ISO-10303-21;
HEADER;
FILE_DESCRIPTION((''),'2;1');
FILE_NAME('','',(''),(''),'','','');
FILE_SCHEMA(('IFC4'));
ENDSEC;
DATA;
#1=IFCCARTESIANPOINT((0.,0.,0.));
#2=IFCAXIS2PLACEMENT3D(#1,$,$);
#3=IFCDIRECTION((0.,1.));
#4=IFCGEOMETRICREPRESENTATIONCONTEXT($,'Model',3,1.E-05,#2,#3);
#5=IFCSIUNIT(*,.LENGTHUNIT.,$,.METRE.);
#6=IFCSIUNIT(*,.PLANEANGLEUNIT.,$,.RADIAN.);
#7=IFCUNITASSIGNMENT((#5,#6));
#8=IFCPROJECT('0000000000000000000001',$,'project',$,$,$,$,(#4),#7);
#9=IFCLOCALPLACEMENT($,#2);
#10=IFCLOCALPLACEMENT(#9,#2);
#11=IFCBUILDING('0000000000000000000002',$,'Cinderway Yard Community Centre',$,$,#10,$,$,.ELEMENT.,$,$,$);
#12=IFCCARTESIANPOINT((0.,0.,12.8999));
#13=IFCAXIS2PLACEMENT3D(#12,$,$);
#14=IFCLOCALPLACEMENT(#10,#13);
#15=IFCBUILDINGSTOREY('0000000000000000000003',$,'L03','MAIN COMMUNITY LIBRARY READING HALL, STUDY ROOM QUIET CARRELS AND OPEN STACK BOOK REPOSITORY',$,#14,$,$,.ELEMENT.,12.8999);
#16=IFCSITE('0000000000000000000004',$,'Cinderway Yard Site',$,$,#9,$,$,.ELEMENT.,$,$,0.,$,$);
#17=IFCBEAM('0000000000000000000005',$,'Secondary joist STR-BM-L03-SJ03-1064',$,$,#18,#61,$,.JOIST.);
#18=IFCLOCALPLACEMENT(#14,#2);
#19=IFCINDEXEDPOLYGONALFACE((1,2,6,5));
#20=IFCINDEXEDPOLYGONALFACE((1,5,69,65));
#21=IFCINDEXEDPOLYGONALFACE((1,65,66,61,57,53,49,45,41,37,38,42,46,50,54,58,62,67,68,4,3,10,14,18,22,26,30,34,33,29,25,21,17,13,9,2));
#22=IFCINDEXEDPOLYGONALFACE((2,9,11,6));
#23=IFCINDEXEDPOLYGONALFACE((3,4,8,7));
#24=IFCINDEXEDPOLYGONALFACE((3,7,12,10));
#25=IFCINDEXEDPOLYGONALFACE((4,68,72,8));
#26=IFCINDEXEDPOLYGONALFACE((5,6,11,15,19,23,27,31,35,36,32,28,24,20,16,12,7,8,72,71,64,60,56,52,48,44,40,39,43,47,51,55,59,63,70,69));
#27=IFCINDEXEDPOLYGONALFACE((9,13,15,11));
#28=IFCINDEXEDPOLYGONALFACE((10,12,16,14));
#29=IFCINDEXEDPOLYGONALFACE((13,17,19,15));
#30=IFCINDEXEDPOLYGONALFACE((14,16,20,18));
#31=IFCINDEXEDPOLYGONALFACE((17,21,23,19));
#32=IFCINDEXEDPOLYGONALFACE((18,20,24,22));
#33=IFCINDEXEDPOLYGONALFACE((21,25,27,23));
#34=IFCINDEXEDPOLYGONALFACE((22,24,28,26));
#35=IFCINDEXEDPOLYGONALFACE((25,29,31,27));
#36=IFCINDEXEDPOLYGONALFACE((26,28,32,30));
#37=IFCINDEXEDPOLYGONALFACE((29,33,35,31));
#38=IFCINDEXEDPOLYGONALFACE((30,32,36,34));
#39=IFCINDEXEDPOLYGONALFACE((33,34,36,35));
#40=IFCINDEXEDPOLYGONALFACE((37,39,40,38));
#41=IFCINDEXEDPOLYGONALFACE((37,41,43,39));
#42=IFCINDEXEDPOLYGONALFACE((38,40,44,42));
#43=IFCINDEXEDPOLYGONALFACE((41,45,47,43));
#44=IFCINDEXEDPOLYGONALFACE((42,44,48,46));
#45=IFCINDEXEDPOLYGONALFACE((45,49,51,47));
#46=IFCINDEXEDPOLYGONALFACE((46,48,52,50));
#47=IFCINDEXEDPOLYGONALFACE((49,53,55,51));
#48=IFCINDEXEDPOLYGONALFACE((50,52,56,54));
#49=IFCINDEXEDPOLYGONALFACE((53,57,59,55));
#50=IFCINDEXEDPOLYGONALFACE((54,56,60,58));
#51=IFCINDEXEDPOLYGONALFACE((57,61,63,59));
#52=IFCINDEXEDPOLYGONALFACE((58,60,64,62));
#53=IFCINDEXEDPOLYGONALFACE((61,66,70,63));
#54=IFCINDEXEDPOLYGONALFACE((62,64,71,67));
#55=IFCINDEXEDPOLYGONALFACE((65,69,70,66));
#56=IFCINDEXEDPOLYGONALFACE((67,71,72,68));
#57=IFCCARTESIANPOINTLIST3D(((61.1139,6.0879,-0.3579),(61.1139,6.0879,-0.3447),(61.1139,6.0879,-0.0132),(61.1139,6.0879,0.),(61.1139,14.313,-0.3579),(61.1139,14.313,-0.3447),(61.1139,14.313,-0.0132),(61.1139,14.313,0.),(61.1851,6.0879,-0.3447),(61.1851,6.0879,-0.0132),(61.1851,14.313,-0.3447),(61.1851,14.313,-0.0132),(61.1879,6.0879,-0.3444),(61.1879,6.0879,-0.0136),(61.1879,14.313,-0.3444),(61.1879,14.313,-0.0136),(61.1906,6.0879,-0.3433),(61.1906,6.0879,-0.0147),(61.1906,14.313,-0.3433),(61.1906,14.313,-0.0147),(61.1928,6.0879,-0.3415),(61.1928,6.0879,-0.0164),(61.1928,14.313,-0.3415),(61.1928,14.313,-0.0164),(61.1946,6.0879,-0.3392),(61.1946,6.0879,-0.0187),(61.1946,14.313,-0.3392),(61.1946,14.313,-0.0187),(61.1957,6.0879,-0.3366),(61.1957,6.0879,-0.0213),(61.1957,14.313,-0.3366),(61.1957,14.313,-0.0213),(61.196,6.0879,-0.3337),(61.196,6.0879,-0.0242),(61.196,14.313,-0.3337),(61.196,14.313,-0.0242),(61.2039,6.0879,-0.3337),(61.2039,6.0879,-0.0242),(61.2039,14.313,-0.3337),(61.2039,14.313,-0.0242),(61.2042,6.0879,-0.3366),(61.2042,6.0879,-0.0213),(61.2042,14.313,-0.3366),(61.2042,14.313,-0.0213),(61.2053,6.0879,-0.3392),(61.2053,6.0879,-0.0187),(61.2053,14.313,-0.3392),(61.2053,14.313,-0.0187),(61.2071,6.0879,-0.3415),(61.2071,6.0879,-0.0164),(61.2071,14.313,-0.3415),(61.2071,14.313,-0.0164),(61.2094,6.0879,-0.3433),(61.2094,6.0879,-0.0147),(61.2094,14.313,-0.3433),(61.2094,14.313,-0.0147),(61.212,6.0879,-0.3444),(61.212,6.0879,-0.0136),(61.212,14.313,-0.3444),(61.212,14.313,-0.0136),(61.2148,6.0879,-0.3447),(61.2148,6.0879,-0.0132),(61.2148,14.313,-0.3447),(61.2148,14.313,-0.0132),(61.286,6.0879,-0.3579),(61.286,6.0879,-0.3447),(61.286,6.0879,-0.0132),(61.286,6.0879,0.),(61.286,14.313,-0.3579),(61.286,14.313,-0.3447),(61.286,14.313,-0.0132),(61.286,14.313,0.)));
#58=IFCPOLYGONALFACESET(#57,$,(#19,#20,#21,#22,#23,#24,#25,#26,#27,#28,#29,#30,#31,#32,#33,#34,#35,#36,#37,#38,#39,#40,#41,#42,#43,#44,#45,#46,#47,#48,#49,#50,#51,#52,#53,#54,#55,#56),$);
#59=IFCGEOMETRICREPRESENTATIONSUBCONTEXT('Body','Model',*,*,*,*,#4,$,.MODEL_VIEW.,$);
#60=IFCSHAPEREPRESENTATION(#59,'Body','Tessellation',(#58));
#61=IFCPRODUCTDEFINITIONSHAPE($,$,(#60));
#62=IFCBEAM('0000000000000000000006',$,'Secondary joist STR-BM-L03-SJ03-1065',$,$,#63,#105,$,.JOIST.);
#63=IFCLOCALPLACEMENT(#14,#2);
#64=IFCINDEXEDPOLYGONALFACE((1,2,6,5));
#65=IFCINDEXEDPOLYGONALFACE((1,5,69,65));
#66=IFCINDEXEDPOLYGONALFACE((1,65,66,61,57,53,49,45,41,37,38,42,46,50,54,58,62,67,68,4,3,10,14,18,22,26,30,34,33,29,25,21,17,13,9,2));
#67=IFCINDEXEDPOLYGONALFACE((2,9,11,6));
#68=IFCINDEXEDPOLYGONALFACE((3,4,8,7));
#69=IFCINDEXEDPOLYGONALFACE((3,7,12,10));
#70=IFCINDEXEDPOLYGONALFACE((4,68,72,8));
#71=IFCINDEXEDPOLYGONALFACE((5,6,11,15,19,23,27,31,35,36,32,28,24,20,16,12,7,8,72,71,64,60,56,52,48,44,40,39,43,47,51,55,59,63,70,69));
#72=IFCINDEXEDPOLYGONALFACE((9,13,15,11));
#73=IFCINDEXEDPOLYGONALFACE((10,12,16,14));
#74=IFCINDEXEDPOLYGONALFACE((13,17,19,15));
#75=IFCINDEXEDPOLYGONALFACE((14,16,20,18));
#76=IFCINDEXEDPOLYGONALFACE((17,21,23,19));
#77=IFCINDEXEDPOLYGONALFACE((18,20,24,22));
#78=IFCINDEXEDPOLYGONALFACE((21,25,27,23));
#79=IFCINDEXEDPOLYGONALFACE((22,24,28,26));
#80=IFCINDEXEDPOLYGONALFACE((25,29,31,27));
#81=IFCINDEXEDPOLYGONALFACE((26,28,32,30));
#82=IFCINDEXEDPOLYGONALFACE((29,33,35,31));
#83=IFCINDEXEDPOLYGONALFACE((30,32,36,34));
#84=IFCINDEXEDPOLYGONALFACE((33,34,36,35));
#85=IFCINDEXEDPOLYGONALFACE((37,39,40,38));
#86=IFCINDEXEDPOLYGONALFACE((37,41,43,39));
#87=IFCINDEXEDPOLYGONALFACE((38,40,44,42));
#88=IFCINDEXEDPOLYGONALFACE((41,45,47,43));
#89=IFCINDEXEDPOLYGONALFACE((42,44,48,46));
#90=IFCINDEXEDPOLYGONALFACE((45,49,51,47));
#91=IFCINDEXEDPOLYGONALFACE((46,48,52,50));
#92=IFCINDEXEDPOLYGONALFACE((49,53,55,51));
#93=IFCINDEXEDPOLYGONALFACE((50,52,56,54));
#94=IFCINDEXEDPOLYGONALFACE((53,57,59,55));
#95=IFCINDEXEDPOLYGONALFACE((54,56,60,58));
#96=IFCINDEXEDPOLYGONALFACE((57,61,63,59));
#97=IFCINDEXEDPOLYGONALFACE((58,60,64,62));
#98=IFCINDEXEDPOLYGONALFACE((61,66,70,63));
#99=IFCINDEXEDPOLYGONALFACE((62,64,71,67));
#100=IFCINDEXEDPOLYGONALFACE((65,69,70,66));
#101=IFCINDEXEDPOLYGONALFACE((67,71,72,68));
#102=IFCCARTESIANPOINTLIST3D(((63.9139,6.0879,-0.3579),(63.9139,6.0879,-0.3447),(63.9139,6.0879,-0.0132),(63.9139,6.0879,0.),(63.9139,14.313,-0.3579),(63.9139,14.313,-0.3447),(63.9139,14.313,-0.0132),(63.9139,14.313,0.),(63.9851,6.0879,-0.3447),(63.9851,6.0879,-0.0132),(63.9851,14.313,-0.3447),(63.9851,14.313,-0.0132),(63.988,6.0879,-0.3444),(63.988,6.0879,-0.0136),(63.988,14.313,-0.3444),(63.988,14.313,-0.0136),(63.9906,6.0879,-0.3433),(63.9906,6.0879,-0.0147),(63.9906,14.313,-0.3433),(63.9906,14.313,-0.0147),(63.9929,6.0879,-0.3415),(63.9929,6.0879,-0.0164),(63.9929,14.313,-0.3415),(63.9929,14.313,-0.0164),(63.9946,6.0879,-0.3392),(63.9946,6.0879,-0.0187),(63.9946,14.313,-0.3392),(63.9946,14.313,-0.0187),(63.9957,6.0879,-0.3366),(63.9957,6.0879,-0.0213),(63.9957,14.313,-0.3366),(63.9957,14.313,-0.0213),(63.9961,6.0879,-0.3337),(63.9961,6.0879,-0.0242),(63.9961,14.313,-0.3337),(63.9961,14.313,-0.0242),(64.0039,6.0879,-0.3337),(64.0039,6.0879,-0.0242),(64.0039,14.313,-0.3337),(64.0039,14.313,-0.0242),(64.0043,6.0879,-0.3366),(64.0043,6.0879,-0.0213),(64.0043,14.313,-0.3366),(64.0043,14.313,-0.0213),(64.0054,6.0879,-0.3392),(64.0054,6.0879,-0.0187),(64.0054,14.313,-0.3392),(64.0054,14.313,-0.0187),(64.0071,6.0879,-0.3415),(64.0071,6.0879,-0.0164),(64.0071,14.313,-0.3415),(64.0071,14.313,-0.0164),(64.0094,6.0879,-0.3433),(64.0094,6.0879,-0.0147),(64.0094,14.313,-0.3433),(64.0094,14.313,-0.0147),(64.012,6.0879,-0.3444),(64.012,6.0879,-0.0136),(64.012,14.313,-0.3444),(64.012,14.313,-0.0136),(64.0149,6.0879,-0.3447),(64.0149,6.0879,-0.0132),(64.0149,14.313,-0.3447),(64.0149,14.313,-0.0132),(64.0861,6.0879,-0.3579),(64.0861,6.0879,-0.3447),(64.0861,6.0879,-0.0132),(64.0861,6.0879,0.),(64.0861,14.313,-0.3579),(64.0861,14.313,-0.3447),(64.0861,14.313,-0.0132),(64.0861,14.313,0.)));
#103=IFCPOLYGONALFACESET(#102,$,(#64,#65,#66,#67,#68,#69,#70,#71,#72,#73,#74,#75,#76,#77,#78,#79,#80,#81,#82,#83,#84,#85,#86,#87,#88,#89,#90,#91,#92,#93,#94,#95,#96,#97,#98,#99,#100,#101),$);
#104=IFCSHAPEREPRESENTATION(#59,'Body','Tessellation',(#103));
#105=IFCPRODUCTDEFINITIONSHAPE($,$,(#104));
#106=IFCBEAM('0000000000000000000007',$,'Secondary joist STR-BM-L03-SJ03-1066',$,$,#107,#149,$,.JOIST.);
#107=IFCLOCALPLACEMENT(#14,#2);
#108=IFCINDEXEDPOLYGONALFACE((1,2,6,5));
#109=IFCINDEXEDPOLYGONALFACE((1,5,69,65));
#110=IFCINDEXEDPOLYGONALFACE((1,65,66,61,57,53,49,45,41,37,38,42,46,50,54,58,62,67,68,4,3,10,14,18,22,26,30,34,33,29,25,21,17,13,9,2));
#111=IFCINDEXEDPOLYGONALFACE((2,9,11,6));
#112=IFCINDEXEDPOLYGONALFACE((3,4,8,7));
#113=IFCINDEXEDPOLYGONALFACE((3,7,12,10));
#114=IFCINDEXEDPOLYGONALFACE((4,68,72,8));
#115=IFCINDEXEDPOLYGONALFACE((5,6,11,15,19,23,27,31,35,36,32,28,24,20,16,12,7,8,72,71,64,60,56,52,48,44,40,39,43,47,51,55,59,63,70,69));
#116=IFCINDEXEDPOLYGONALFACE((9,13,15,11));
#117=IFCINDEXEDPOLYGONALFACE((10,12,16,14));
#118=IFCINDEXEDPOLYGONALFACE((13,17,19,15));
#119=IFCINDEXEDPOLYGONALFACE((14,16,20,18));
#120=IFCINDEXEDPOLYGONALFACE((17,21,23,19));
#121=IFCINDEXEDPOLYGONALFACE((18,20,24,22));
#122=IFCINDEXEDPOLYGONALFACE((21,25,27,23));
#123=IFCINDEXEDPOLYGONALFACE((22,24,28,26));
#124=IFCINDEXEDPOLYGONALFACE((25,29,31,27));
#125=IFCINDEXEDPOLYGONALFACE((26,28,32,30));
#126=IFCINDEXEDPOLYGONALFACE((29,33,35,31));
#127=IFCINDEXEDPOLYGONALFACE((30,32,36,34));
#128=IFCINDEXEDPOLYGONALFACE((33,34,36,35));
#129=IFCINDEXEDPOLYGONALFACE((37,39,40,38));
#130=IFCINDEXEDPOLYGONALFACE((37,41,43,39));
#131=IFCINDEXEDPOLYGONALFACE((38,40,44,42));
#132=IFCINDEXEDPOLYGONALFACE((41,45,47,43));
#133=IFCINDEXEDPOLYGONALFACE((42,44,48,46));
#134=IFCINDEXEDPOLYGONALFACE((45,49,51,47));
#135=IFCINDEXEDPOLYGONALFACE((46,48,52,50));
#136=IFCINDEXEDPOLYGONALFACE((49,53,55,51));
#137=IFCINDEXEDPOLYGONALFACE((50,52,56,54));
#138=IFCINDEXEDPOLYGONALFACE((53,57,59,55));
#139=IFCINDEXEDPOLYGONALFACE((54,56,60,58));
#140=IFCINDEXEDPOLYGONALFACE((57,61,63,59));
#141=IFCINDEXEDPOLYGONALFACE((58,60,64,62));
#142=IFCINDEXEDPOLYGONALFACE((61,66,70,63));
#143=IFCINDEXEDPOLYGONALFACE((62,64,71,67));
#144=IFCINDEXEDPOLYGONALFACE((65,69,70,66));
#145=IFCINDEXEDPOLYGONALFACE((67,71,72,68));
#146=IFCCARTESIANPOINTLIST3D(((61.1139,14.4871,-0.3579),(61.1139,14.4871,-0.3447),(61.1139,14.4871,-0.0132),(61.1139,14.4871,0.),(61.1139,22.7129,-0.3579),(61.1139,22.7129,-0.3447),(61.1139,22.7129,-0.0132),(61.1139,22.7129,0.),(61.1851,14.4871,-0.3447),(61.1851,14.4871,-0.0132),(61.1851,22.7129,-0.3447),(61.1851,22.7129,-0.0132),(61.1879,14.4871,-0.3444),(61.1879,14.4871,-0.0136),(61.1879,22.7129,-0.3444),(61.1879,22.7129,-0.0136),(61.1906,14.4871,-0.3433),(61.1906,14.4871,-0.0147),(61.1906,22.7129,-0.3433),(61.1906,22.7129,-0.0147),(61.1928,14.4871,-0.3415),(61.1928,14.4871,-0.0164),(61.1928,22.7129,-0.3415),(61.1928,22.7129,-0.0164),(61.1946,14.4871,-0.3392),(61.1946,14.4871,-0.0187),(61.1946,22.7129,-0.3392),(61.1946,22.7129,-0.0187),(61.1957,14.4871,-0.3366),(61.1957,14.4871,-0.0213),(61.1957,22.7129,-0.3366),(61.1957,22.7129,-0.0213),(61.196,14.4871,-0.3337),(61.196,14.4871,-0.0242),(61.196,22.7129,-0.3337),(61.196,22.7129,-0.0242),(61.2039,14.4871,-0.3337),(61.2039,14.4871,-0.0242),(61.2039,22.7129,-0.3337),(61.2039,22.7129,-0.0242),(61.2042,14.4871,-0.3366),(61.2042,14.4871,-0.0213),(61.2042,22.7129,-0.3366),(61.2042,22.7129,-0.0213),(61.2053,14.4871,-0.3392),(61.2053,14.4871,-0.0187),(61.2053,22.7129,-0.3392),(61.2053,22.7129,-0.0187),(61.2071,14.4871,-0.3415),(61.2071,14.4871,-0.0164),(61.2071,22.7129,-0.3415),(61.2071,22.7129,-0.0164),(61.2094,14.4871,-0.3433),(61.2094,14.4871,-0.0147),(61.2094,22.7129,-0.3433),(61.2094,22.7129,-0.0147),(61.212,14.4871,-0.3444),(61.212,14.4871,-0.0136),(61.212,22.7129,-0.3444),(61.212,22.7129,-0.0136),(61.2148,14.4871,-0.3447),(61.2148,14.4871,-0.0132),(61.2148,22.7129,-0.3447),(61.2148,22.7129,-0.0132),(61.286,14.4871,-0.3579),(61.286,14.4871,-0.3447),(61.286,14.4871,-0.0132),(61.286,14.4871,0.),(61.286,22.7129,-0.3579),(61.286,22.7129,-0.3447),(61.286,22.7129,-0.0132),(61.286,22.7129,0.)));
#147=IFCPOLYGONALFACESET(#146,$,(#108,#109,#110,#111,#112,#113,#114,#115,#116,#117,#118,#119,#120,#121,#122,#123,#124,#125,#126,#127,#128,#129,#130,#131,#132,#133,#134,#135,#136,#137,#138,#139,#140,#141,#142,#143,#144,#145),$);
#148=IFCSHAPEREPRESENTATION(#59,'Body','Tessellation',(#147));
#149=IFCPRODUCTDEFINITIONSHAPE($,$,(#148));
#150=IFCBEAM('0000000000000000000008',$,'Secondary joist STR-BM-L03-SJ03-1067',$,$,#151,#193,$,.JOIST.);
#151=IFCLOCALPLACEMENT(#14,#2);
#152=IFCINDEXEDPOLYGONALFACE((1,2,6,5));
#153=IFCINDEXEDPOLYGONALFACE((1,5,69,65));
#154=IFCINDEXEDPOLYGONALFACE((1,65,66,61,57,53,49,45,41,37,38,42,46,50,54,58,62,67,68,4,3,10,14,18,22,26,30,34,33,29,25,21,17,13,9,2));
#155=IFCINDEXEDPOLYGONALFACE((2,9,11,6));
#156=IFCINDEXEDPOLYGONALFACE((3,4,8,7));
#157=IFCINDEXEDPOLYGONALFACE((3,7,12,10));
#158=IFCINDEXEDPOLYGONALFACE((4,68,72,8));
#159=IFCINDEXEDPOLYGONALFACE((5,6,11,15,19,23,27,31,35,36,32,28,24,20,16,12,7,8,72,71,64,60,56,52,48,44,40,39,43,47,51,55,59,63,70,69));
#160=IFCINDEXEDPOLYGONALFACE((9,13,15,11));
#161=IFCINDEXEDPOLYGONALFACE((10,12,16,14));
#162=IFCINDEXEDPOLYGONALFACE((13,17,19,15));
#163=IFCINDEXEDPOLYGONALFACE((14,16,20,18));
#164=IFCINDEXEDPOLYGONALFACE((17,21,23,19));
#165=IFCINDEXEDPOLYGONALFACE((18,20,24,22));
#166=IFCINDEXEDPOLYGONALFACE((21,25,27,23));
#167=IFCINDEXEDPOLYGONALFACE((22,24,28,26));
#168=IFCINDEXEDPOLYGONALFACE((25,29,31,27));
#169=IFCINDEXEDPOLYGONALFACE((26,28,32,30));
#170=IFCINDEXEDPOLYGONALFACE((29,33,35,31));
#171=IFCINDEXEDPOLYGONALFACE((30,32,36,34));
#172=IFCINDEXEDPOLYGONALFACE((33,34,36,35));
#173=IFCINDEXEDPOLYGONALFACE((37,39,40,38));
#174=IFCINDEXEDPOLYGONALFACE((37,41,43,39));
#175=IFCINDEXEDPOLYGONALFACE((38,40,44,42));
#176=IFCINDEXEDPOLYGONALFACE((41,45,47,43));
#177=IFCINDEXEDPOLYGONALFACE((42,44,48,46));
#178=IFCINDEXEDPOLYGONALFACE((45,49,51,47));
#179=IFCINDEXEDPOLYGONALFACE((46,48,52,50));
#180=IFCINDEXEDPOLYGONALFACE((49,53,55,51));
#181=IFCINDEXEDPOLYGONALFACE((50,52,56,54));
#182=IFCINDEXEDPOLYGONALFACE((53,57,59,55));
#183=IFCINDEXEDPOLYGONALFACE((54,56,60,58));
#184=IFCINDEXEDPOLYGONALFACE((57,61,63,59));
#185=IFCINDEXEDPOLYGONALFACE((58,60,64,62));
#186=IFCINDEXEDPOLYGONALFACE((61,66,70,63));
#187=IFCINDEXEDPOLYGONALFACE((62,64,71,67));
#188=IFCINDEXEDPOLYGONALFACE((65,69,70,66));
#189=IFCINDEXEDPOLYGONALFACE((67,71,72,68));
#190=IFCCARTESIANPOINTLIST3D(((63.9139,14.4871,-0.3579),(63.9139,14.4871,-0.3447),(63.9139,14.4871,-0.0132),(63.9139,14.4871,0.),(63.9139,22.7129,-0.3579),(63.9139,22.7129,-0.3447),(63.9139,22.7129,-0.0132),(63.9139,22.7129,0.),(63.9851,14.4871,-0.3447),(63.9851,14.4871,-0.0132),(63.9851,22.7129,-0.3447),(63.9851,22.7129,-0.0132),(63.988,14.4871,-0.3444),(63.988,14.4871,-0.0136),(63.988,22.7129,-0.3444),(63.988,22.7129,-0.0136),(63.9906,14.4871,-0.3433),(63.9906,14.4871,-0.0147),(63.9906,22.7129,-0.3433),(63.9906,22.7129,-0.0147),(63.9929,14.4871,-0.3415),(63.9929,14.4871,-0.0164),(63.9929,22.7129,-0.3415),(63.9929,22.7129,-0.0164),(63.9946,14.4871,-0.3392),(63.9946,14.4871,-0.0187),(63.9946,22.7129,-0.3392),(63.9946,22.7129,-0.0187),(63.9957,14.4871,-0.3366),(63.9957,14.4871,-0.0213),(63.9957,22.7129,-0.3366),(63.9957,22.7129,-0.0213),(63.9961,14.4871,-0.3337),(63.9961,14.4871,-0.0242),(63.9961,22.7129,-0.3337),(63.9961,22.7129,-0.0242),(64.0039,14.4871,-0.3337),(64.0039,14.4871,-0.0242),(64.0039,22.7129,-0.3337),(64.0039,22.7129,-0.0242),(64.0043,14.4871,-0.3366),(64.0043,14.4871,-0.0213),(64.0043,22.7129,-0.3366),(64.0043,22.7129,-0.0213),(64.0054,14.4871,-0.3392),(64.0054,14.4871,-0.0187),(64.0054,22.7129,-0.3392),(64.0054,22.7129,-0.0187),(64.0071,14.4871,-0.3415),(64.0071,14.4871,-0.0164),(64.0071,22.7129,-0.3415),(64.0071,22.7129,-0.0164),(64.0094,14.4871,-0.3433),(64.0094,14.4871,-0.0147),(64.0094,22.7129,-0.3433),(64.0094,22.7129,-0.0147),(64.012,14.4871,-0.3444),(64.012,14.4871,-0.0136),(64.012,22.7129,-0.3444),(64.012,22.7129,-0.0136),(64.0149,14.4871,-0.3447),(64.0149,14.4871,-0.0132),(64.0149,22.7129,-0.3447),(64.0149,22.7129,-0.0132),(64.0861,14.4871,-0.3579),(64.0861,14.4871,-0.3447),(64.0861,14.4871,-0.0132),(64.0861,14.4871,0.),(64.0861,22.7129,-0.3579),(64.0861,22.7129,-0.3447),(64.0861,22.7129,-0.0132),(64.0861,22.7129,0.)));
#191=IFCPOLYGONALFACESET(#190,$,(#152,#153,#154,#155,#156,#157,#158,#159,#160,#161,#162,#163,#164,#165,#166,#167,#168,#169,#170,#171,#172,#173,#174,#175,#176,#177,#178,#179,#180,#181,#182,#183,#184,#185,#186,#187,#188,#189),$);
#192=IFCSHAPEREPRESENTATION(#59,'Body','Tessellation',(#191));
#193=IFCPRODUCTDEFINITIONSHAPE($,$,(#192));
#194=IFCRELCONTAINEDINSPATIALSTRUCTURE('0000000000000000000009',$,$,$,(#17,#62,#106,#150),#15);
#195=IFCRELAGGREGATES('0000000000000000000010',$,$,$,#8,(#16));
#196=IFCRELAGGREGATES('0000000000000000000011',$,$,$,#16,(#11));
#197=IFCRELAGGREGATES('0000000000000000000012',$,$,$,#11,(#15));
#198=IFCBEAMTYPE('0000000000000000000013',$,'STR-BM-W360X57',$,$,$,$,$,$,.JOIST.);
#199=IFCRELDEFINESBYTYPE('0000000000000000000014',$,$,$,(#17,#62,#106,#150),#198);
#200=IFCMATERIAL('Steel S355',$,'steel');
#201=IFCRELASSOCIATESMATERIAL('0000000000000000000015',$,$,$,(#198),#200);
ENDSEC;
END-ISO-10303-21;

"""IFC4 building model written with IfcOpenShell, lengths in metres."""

from ifc_helpers import new_model, si_unit, direction, frame, origin, origin_2d, place, context, subcontext, project, spatial, i_section, extrude, material, material_profile, profile_set, type_object, element, save


model = new_model("IFC4")

# Units and contexts
model_context = context("Model", 3, precision=1e-05, world=origin(), true_north=direction((0.0, 1.0)))
body_context = subcontext(model_context, "Body", "Model", "MODEL_VIEW")
ifc_project = project(units=[si_unit("LENGTHUNIT", "METRE"), si_unit("PLANEANGLEUNIT", "RADIAN")], contexts=[model_context])

# Site, building, storey
site_placement = place(None, origin())
site = spatial("IfcSite", under=ifc_project, at=site_placement, Name="Cinderway Yard Site", CompositionType="ELEMENT", RefElevation=0.0)
building_placement = place(site_placement, origin())
building = spatial("IfcBuilding", under=site, at=building_placement, Name="Cinderway Yard Community Centre", CompositionType="ELEMENT")
storey_placement = place(building_placement, frame((0.0, 0.0, 12.8999)))
storey = spatial("IfcBuildingStorey", under=building, at=storey_placement, Name="L03", Description="MAIN COMMUNITY LIBRARY READING HALL, STUDY ROOM QUIET CARRELS AND OPEN STACK BOOK REPOSITORY", CompositionType="ELEMENT", Elevation=12.8999)

# Beams
ifc_material_1 = material(Name="Steel S355", Category="steel")
ifc_material_profile_1 = material_profile(ifc_material_1, i_section(OverallWidth=0.1721, OverallDepth=0.3579, WebThickness=0.0078, FlangeThickness=0.0132, FilletRadius=0.011, at=origin_2d()), Name="Steel S355")
ifc_profile_set_1 = profile_set([ifc_material_profile_1], Name="Steel S355")
beam_type_1 = type_object("IfcBeamType", Name="STR-BM-W360X57", PredefinedType="JOIST", material=ifc_profile_set_1)
for number, where, z_axis, x_axis, name in (
    (1, (61.2, 6.0879, -0.179), (0.0, 1.0, 0.0), (-1.0, 0.0, 0.0), "Secondary joist STR-BM-L03-SJ03-1064"),
    (2, (64.0, 6.0879, -0.179), (0.0, 1.0, 0.0), (-1.0, 0.0, 0.0), "Secondary joist STR-BM-L03-SJ03-1065"),
):
    element("IfcBeam", number, at=place(storey_placement, frame(where, z_axis=z_axis, x_axis=x_axis)), inside=storey, type_object=beam_type_1, Name=name, PredefinedType="JOIST", context=body_context, shape_type="SweptSolid", body=[
        extrude(i_section(OverallWidth=0.1721, OverallDepth=0.3579, WebThickness=0.0078, FlangeThickness=0.0132, FilletRadius=0.011, at=origin_2d()), origin(), (0.0, 0.0, 1.0), 8.2251),
    ])
for number, where, z_axis, x_axis, name in (
    (3, (61.2, 14.4871, -0.179), (0.0, 1.0, 0.0), (-1.0, 0.0, 0.0), "Secondary joist STR-BM-L03-SJ03-1066"),
    (4, (64.0, 14.4871, -0.179), (0.0, 1.0, 0.0), (-1.0, 0.0, 0.0), "Secondary joist STR-BM-L03-SJ03-1067"),
):
    element("IfcBeam", number, at=place(storey_placement, frame(where, z_axis=z_axis, x_axis=x_axis)), inside=storey, type_object=beam_type_1, Name=name, PredefinedType="JOIST", context=body_context, shape_type="SweptSolid", body=[
        extrude(i_section(OverallWidth=0.1721, OverallDepth=0.3579, WebThickness=0.0078, FlangeThickness=0.0132, FilletRadius=0.011, at=origin_2d()), origin(), (0.0, 0.0, 1.0), 8.2258),
    ])

save(model, "model.ifc")
